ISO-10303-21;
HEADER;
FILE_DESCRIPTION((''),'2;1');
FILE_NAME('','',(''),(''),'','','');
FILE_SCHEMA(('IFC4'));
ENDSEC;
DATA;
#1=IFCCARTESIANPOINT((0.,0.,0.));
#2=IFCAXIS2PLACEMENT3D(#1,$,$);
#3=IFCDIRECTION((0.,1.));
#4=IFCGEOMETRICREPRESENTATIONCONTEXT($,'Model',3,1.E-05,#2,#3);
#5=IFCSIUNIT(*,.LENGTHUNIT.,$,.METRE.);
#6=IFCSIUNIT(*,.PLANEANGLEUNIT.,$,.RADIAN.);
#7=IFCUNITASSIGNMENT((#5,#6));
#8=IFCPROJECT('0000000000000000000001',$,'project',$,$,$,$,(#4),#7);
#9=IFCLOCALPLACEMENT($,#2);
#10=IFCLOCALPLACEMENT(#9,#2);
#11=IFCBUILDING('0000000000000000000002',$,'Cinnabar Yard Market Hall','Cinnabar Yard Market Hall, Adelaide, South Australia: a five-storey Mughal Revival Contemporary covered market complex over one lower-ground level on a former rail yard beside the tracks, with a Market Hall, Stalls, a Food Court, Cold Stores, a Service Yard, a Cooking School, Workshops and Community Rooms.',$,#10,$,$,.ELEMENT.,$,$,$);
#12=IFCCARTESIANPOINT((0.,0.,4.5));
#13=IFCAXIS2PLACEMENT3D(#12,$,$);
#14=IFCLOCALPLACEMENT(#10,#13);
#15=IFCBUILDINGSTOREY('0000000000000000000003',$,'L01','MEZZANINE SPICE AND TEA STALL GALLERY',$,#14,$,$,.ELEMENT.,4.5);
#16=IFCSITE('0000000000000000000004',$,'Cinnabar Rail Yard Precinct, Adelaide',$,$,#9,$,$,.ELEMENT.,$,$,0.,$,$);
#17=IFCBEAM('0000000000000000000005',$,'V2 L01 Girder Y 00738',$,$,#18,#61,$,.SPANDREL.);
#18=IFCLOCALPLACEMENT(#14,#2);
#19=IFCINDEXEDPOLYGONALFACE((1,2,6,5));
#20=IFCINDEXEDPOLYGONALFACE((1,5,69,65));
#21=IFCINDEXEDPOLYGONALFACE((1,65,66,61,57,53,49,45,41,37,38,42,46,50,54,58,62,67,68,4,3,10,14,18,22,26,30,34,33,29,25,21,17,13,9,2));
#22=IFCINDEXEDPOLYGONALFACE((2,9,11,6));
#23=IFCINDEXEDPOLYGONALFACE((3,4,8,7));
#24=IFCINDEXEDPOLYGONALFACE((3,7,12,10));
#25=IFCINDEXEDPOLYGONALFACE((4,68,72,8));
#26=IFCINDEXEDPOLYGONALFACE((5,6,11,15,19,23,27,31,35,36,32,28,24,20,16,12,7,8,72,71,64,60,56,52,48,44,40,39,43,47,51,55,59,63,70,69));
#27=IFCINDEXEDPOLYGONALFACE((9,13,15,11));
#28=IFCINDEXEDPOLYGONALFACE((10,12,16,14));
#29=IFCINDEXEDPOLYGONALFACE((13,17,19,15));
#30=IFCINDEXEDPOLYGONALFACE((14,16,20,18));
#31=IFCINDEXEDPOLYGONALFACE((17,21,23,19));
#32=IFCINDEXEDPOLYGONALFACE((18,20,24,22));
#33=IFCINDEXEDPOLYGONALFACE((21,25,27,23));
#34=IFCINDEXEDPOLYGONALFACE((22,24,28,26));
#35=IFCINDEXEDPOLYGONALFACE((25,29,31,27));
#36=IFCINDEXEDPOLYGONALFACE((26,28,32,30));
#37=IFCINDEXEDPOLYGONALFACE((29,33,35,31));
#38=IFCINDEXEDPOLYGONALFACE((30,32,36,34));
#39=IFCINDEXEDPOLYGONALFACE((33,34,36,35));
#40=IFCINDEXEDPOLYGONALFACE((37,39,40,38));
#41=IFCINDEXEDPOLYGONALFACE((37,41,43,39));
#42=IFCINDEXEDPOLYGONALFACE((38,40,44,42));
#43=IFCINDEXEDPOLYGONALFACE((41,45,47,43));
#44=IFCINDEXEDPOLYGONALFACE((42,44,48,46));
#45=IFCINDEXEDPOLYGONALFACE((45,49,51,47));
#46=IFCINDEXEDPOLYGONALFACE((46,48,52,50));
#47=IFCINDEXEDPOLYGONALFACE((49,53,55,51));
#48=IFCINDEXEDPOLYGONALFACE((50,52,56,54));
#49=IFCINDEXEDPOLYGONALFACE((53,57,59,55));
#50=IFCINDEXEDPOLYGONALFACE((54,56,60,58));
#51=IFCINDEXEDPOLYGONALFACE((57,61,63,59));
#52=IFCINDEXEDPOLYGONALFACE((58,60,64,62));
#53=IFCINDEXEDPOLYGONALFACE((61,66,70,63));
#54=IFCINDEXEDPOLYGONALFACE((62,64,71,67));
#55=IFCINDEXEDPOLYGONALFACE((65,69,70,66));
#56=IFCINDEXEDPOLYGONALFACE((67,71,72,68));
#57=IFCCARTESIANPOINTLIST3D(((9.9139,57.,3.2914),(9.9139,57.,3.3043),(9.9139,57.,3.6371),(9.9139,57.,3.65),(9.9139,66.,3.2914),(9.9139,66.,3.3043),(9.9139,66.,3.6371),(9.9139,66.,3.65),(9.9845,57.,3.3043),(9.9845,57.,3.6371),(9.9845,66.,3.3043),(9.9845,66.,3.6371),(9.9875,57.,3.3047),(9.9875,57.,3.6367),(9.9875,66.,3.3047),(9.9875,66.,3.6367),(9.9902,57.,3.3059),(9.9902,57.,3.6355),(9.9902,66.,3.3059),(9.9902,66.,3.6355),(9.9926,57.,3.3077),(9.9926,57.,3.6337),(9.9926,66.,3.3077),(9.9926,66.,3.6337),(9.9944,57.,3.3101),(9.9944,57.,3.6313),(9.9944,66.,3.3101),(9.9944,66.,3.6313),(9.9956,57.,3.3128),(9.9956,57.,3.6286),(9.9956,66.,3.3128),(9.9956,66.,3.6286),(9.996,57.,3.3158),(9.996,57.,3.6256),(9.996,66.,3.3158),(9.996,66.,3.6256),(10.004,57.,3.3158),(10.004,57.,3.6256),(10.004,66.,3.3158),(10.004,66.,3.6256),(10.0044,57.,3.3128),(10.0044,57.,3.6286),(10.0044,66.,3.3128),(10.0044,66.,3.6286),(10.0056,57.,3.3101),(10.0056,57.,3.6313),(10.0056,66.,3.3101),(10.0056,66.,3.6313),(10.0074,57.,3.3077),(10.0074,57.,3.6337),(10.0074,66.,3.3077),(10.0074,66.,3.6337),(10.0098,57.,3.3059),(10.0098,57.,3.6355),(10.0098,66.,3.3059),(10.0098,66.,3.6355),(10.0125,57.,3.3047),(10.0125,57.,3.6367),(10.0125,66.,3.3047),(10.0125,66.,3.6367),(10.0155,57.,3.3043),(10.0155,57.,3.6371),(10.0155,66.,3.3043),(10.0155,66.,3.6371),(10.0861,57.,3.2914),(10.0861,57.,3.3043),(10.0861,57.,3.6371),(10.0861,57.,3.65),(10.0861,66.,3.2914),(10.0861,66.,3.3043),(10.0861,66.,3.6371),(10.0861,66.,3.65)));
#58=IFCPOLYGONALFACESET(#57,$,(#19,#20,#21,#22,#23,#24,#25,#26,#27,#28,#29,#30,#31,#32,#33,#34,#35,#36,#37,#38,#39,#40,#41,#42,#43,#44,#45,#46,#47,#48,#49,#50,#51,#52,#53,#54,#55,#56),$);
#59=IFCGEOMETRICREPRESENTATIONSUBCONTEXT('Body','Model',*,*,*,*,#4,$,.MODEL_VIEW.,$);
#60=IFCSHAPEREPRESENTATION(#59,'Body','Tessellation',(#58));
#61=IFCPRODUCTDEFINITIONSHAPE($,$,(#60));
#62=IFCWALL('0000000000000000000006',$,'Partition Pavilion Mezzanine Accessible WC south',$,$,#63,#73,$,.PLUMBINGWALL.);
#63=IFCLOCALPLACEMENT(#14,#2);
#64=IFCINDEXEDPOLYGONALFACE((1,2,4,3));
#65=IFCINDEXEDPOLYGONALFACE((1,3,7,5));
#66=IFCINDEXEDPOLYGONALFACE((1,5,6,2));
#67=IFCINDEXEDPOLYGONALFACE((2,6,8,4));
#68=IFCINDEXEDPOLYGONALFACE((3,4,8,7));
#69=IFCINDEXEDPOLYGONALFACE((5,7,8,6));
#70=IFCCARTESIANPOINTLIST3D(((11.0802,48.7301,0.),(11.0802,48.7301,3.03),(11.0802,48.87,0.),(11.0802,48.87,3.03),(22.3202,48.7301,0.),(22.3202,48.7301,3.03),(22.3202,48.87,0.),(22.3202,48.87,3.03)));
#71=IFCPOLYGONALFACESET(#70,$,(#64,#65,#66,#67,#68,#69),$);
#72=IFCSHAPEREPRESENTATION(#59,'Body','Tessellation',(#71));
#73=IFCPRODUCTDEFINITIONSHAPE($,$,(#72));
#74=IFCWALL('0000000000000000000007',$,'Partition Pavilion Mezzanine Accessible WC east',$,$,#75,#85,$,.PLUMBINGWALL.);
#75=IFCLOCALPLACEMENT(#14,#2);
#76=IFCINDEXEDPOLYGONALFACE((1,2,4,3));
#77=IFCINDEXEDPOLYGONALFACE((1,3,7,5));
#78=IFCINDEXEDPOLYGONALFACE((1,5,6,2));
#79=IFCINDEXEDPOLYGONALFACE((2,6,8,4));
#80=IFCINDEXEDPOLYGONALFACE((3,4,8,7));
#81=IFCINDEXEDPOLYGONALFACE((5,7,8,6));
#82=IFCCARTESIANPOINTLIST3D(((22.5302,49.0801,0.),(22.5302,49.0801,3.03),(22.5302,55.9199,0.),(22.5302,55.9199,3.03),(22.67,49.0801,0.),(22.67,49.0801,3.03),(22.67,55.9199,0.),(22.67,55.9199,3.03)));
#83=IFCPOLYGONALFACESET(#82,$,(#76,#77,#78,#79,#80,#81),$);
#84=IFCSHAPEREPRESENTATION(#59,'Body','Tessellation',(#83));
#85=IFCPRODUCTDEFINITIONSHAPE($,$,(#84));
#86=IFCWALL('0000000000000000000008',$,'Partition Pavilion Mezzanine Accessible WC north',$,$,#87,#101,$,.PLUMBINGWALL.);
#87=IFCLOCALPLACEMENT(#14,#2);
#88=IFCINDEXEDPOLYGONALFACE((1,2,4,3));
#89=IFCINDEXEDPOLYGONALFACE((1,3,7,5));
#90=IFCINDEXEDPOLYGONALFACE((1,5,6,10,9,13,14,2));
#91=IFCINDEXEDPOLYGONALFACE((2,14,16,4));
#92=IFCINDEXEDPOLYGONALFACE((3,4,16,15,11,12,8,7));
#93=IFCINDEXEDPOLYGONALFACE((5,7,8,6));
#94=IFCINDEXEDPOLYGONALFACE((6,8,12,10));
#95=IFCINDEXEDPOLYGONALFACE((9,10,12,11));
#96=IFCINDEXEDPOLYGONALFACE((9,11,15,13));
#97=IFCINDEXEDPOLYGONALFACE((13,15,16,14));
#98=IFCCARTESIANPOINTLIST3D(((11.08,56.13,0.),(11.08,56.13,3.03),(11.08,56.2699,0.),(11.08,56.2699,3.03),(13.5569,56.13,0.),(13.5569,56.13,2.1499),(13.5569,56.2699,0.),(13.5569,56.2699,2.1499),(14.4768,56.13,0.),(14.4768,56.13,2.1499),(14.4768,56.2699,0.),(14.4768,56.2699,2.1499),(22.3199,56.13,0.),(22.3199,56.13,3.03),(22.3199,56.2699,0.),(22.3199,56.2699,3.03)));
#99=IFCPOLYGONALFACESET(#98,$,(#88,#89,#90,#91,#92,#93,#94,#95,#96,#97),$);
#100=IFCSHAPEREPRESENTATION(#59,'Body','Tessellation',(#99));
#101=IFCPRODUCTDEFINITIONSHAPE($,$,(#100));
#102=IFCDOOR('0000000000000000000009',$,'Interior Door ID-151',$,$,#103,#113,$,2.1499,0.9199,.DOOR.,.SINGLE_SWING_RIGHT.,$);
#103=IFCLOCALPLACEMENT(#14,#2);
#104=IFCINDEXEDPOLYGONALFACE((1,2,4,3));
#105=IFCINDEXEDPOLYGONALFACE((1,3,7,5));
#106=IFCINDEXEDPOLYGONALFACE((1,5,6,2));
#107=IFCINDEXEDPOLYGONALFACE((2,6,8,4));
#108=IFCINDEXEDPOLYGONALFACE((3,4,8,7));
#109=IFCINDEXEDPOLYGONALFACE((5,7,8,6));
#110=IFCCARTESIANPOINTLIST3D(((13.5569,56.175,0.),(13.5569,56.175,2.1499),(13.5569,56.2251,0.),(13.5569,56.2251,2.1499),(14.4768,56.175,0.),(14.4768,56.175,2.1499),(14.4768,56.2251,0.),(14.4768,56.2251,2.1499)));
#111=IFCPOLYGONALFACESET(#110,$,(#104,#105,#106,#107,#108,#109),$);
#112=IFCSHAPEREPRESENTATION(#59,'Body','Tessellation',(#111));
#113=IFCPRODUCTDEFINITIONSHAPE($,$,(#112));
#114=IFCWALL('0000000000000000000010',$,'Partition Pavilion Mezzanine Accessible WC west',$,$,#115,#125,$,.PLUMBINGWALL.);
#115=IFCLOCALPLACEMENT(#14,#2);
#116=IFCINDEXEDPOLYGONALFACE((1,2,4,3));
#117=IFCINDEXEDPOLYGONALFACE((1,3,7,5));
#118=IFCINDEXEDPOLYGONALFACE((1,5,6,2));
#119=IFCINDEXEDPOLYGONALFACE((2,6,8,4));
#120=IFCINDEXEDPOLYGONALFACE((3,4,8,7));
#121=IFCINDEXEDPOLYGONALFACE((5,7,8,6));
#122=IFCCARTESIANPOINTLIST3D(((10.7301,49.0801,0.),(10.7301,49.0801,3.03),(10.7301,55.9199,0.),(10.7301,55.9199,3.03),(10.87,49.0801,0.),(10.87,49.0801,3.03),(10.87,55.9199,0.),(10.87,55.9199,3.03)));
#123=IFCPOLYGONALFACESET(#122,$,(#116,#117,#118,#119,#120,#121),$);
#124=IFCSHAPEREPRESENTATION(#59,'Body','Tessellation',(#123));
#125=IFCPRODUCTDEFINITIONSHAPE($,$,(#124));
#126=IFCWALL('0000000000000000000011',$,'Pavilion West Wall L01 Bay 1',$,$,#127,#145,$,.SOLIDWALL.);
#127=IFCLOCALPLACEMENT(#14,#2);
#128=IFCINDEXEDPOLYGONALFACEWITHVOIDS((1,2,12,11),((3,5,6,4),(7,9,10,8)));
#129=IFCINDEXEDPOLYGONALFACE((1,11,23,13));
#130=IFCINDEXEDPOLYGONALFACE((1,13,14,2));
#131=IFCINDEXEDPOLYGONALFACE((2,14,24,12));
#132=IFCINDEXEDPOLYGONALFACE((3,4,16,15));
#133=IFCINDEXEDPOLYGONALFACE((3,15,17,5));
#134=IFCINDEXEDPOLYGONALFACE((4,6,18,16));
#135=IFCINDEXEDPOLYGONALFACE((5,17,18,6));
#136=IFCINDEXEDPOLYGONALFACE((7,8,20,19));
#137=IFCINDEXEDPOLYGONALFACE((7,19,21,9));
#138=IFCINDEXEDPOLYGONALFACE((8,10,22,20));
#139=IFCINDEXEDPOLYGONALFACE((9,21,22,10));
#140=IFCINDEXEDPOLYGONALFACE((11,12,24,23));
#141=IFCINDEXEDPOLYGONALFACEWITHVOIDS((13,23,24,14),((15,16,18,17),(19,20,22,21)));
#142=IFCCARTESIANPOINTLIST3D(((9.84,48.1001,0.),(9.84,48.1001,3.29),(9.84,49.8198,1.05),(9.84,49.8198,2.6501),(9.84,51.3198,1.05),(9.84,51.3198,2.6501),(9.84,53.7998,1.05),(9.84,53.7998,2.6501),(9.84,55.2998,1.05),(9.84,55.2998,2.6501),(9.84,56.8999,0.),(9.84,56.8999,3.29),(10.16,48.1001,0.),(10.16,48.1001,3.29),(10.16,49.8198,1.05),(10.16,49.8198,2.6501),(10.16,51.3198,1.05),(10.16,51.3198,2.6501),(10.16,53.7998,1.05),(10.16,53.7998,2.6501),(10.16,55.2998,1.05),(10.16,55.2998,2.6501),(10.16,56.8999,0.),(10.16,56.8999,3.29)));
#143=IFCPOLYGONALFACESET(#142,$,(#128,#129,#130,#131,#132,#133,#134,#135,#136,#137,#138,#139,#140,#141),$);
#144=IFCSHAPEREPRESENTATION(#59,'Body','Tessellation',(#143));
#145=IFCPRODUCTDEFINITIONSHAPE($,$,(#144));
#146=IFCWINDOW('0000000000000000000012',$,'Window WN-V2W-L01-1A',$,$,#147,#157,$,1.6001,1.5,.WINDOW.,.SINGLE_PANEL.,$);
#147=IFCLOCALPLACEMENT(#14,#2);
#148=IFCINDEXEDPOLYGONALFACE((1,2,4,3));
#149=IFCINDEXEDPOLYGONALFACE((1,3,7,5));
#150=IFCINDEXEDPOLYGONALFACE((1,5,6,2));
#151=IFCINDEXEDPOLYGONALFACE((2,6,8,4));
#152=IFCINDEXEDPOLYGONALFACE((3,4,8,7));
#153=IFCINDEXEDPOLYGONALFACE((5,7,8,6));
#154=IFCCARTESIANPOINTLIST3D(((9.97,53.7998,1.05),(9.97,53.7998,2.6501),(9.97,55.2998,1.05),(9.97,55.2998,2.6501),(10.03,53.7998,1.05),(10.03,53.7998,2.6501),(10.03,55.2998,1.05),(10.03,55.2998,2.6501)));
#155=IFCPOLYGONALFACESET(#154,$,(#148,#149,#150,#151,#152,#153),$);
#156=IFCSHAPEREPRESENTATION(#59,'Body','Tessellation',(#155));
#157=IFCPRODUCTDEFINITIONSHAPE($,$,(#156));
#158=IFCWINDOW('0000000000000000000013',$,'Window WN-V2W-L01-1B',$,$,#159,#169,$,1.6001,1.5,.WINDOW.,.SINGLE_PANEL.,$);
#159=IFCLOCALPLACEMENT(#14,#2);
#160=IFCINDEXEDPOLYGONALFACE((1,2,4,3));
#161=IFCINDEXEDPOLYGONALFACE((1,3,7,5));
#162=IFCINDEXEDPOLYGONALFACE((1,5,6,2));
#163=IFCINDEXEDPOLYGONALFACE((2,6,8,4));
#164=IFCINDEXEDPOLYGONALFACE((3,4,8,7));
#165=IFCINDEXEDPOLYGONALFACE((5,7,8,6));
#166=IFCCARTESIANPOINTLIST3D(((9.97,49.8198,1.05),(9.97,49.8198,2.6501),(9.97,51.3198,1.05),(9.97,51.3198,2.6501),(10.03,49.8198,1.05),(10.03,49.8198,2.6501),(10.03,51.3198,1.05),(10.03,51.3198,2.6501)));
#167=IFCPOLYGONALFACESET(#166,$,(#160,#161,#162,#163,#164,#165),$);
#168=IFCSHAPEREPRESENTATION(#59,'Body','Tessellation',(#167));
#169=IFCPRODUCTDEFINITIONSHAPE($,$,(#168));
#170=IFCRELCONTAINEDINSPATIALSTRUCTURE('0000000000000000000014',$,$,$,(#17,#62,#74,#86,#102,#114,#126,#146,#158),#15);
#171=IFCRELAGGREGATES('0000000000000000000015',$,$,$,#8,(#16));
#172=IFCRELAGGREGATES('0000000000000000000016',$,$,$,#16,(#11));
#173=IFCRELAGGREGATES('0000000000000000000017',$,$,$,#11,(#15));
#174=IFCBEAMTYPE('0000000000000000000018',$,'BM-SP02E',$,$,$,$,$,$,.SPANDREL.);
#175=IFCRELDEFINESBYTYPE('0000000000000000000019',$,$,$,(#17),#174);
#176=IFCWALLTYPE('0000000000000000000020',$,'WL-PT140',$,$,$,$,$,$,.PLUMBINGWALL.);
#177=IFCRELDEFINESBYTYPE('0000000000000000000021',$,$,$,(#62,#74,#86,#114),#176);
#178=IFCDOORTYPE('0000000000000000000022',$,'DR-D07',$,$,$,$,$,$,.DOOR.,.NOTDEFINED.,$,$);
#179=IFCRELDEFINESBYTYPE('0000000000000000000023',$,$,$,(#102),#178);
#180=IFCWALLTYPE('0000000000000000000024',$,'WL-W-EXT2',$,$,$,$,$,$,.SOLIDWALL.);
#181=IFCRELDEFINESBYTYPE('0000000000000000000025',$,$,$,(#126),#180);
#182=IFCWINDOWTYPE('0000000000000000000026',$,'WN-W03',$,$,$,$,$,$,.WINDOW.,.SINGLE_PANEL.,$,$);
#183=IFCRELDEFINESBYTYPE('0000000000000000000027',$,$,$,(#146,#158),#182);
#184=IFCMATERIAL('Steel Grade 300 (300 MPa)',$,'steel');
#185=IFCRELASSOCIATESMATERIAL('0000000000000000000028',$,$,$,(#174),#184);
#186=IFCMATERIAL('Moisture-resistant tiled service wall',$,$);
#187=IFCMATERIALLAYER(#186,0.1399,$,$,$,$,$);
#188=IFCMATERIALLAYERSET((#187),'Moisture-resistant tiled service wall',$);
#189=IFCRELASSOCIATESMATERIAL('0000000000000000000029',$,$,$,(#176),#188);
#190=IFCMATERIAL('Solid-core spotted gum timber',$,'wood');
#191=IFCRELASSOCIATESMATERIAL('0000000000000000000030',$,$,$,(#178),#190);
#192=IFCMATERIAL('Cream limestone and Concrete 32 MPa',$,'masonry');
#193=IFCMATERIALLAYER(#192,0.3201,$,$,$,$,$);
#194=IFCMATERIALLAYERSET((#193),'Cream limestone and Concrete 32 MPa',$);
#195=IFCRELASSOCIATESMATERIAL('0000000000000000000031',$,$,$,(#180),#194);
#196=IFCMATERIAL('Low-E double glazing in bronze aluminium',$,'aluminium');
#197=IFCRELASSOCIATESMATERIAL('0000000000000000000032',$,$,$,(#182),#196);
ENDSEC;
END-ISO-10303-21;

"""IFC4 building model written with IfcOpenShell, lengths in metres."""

from ifc_helpers import new_model, si_unit, direction, frame, frame_2d, origin, origin_2d_with_axis, place, context, subcontext, project, spatial, rectangle, i_section, extrude, material, layer, layer_set, material_profile, profile_set, type_object, element, fill, save


model = new_model("IFC4")

# Units and contexts
model_context = context("Model", 3, precision=1e-05, world=origin(), true_north=direction((0.0, 1.0)))
body_context = subcontext(model_context, "Body", "Model", "MODEL_VIEW")
ifc_project = project(units=[si_unit("LENGTHUNIT", "METRE"), si_unit("PLANEANGLEUNIT", "RADIAN")], contexts=[model_context])

# Site, building, storey
site_placement = place(None, origin())
site = spatial("IfcSite", under=ifc_project, at=site_placement, Name="Cinnabar Rail Yard Precinct, Adelaide", CompositionType="ELEMENT", RefElevation=0.0)
building_placement = place(site_placement, origin())
building = spatial("IfcBuilding", under=site, at=building_placement, Name="Cinnabar Yard Market Hall", Description="Cinnabar Yard Market Hall, Adelaide, South Australia: a five-storey Mughal Revival Contemporary covered market complex over one lower-ground level on a former rail yard beside the tracks, with a Market Hall, Stalls, a Food Court, Cold Stores, a Service Yard, a Cooking School, Workshops and Community Rooms.", CompositionType="ELEMENT")
storey_placement = place(building_placement, frame((0.0, 0.0, 4.5)))
storey = spatial("IfcBuildingStorey", under=building, at=storey_placement, Name="L01", Description="MEZZANINE SPICE AND TEA STALL GALLERY", CompositionType="ELEMENT", Elevation=4.5)

# Shared definitions
ifc_material_1 = material(Name="Steel Grade 300 (300 MPa)", Category="steel")

# Beam
ifc_material_profile_1 = material_profile(ifc_material_1, i_section(OverallWidth=0.1721, OverallDepth=0.3586, WebThickness=0.0081, FlangeThickness=0.0129, FilletRadius=0.0115, at=origin_2d_with_axis()), Name="360UB56.7")
ifc_profile_set_1 = profile_set([ifc_material_profile_1], Name="Steel Grade 300 (300 MPa)")
beam_type_1 = type_object("IfcBeamType", Name="BM-SP02E", PredefinedType="SPANDREL", material=ifc_profile_set_1)
beam_placement = place(storey_placement, frame((10.0, 57.0, 3.4707), z_axis=(0.0, 1.0, 0.0), x_axis=(-1.0, 0.0, 0.0)))
element("IfcBeam", 1, at=beam_placement, inside=storey, type_object=beam_type_1, Name="V2 L01 Girder Y 00738", PredefinedType="SPANDREL", context=body_context, shape_type="SweptSolid", body=[
    extrude(i_section(OverallWidth=0.1721, OverallDepth=0.3586, WebThickness=0.0081, FlangeThickness=0.0129, FilletRadius=0.0115, at=origin_2d_with_axis()), origin(), (0.0, 0.0, 1.0), 9.0),
])

# Walls
ifc_material_2 = material(Name="Moisture-resistant tiled service wall")
ifc_layer_1 = layer(ifc_material_2, 0.1399)
ifc_layer_set_1 = layer_set([ifc_layer_1], Name="Moisture-resistant tiled service wall")
wall_type_1 = type_object("IfcWallType", Name="WL-PT140", PredefinedType="PLUMBINGWALL", material=ifc_layer_set_1)
wall_1_placement = place(storey_placement, frame((11.0801, 48.8, 0.0), z_axis=(0.0, 0.0, 1.0), x_axis=(1.0, 0.0, 0.0)))
element("IfcWall", 2, at=wall_1_placement, inside=storey, type_object=wall_type_1, Name="Partition Pavilion Mezzanine Accessible WC south", PredefinedType="PLUMBINGWALL", context=body_context, shape_type="SweptSolid", body=[
    extrude(rectangle(XDim=11.24, YDim=0.1399, at=frame_2d((5.6201, 0.0), x_axis=(1.0, 0.0))), origin(), (0.0, 0.0, 1.0), 3.03),
])
wall_2_placement = place(storey_placement, frame((22.6001, 49.0801, 0.0), z_axis=(0.0, 0.0, 1.0), x_axis=(0.0, 1.0, 0.0)))
element("IfcWall", 3, at=wall_2_placement, inside=storey, type_object=wall_type_1, Name="Partition Pavilion Mezzanine Accessible WC east", PredefinedType="PLUMBINGWALL", context=body_context, shape_type="SweptSolid", body=[
    extrude(rectangle(XDim=6.8398, YDim=0.1399, at=frame_2d((3.4199, 0.0), x_axis=(1.0, 0.0))), origin(), (0.0, 0.0, 1.0), 3.03),
])

# Wall, opening, door
wall_3_placement = place(storey_placement, frame((22.3201, 56.2, 0.0), z_axis=(0.0, 0.0, 1.0), x_axis=(-1.0, 0.0, 0.0)))
wall_3 = element("IfcWall", 4, at=wall_3_placement, inside=storey, type_object=wall_type_1, Name="Partition Pavilion Mezzanine Accessible WC north", PredefinedType="PLUMBINGWALL", context=body_context, shape_type="SweptSolid", body=[
    extrude(rectangle(XDim=11.24, YDim=0.1399, at=frame_2d((5.6201, 0.0), x_axis=(1.0, 0.0))), origin(), (0.0, 0.0, 1.0), 3.03),
])
opening_1_placement = place(wall_3_placement, frame((7.8433, 0.0, 0.0)))
opening_1 = element("IfcOpeningElement", 5, at=opening_1_placement, cuts=wall_3, PredefinedType="OPENING", context=body_context, shape_type="SweptSolid", body=[
    extrude(rectangle(XDim=0.9199, YDim=2.1499, at=frame_2d((0.46, 1.075), x_axis=(1.0, 0.0))), frame((0.0, 0.0798, 0.0), z_axis=(0.0, -1.0, 0.0), x_axis=(1.0, 0.0, 0.0)), (0.0, 0.0, 1.0), 0.1599),
])
ifc_material_3 = material(Name="Solid-core spotted gum timber", Category="wood")
door_type = type_object("IfcDoorType", Name="DR-D07", OperationType="NOTDEFINED", PredefinedType="DOOR", material=ifc_material_3)
door_placement = place(opening_1_placement, origin())
door = element("IfcDoor", 6, at=door_placement, inside=storey, type_object=door_type, Name="Interior Door ID-151", OperationType="SINGLE_SWING_RIGHT", OverallHeight=2.1499, OverallWidth=0.9199, PredefinedType="DOOR", context=body_context, shape_type="SweptSolid", body=[
    extrude(rectangle(XDim=0.9199, YDim=2.1499, at=frame_2d((0.46, 1.075), x_axis=(1.0, 0.0))), frame((0.0, 0.0249, 0.0), z_axis=(0.0, -1.0, 0.0), x_axis=(1.0, 0.0, 0.0)), (0.0, 0.0, 1.0), 0.05),
])
fill(opening_1, door)

# Wall
wall_4_placement = place(storey_placement, frame((10.8, 55.9199, 0.0), z_axis=(0.0, 0.0, 1.0), x_axis=(0.0, -1.0, 0.0)))
element("IfcWall", 7, at=wall_4_placement, inside=storey, type_object=wall_type_1, Name="Partition Pavilion Mezzanine Accessible WC west", PredefinedType="PLUMBINGWALL", context=body_context, shape_type="SweptSolid", body=[
    extrude(rectangle(XDim=6.8398, YDim=0.1399, at=frame_2d((3.4199, 0.0), x_axis=(1.0, 0.0))), origin(), (0.0, 0.0, 1.0), 3.03),
])

# Wall, openings, windows
ifc_material_4 = material(Name="Cream limestone and Concrete 32 MPa", Category="masonry")
ifc_layer_2 = layer(ifc_material_4, 0.3201)
ifc_layer_set_2 = layer_set([ifc_layer_2], Name="Cream limestone and Concrete 32 MPa")
wall_type_2 = type_object("IfcWallType", Name="WL-W-EXT2", PredefinedType="SOLIDWALL", material=ifc_layer_set_2)
wall_5_placement = place(storey_placement, frame((10.0, 56.8999, 0.0), z_axis=(0.0, 0.0, 1.0), x_axis=(0.0, -1.0, 0.0)))
wall_5 = element("IfcWall", 8, at=wall_5_placement, inside=storey, type_object=wall_type_2, Name="Pavilion West Wall L01 Bay 1", PredefinedType="SOLIDWALL", context=body_context, shape_type="SweptSolid", body=[
    extrude(rectangle(XDim=8.7998, YDim=0.3201, at=frame_2d((4.3999, 0.0), x_axis=(1.0, 0.0))), origin(), (0.0, 0.0, 1.0), 3.29),
])
opening_2_placement = place(wall_5_placement, frame((1.6001, 0.0, 1.05)))
opening_2 = element("IfcOpeningElement", 9, at=opening_2_placement, cuts=wall_5, PredefinedType="OPENING", context=body_context, shape_type="SweptSolid", body=[
    extrude(rectangle(XDim=1.5, YDim=1.6001, at=frame_2d((0.75, 0.8), x_axis=(1.0, 0.0))), frame((0.0, 0.1699, 0.0), z_axis=(0.0, -1.0, 0.0), x_axis=(1.0, 0.0, 0.0)), (0.0, 0.0, 1.0), 0.3401),
])
opening_3_placement = place(wall_5_placement, frame((5.5801, 0.0, 1.05)))
opening_3 = element("IfcOpeningElement", 10, at=opening_3_placement, cuts=wall_5, PredefinedType="OPENING", context=body_context, shape_type="SweptSolid", body=[
    extrude(rectangle(XDim=1.5, YDim=1.6001, at=frame_2d((0.75, 0.8), x_axis=(1.0, 0.0))), frame((0.0, 0.1699, 0.0), z_axis=(0.0, -1.0, 0.0), x_axis=(1.0, 0.0, 0.0)), (0.0, 0.0, 1.0), 0.3401),
])
ifc_material_5 = material(Name="Low-E double glazing in bronze aluminium", Category="aluminium")
window_type = type_object("IfcWindowType", Name="WN-W03", PartitioningType="SINGLE_PANEL", PredefinedType="WINDOW", material=ifc_material_5)
window_1_placement = place(opening_2_placement, origin())
window_1 = element("IfcWindow", 11, at=window_1_placement, inside=storey, type_object=window_type, Name="Window WN-V2W-L01-1A", OverallHeight=1.6001, OverallWidth=1.5, PartitioningType="SINGLE_PANEL", PredefinedType="WINDOW", context=body_context, shape_type="SweptSolid", body=[
    extrude(rectangle(XDim=1.5, YDim=1.6001, at=frame_2d((0.75, 0.8), x_axis=(1.0, 0.0))), frame((0.0, 0.03, 0.0), z_axis=(0.0, -1.0, 0.0), x_axis=(1.0, 0.0, 0.0)), (0.0, 0.0, 1.0), 0.0601),
])
fill(opening_2, window_1)
window_2_placement = place(opening_3_placement, origin())
window_2 = element("IfcWindow", 12, at=window_2_placement, inside=storey, type_object=window_type, Name="Window WN-V2W-L01-1B", OverallHeight=1.6001, OverallWidth=1.5, PartitioningType="SINGLE_PANEL", PredefinedType="WINDOW", context=body_context, shape_type="SweptSolid", body=[
    extrude(rectangle(XDim=1.5, YDim=1.6001, at=frame_2d((0.75, 0.8), x_axis=(1.0, 0.0))), frame((0.0, 0.03, 0.0), z_axis=(0.0, -1.0, 0.0), x_axis=(1.0, 0.0, 0.0)), (0.0, 0.0, 1.0), 0.0601),
])
fill(opening_3, window_2)

save(model, "model.ifc")
